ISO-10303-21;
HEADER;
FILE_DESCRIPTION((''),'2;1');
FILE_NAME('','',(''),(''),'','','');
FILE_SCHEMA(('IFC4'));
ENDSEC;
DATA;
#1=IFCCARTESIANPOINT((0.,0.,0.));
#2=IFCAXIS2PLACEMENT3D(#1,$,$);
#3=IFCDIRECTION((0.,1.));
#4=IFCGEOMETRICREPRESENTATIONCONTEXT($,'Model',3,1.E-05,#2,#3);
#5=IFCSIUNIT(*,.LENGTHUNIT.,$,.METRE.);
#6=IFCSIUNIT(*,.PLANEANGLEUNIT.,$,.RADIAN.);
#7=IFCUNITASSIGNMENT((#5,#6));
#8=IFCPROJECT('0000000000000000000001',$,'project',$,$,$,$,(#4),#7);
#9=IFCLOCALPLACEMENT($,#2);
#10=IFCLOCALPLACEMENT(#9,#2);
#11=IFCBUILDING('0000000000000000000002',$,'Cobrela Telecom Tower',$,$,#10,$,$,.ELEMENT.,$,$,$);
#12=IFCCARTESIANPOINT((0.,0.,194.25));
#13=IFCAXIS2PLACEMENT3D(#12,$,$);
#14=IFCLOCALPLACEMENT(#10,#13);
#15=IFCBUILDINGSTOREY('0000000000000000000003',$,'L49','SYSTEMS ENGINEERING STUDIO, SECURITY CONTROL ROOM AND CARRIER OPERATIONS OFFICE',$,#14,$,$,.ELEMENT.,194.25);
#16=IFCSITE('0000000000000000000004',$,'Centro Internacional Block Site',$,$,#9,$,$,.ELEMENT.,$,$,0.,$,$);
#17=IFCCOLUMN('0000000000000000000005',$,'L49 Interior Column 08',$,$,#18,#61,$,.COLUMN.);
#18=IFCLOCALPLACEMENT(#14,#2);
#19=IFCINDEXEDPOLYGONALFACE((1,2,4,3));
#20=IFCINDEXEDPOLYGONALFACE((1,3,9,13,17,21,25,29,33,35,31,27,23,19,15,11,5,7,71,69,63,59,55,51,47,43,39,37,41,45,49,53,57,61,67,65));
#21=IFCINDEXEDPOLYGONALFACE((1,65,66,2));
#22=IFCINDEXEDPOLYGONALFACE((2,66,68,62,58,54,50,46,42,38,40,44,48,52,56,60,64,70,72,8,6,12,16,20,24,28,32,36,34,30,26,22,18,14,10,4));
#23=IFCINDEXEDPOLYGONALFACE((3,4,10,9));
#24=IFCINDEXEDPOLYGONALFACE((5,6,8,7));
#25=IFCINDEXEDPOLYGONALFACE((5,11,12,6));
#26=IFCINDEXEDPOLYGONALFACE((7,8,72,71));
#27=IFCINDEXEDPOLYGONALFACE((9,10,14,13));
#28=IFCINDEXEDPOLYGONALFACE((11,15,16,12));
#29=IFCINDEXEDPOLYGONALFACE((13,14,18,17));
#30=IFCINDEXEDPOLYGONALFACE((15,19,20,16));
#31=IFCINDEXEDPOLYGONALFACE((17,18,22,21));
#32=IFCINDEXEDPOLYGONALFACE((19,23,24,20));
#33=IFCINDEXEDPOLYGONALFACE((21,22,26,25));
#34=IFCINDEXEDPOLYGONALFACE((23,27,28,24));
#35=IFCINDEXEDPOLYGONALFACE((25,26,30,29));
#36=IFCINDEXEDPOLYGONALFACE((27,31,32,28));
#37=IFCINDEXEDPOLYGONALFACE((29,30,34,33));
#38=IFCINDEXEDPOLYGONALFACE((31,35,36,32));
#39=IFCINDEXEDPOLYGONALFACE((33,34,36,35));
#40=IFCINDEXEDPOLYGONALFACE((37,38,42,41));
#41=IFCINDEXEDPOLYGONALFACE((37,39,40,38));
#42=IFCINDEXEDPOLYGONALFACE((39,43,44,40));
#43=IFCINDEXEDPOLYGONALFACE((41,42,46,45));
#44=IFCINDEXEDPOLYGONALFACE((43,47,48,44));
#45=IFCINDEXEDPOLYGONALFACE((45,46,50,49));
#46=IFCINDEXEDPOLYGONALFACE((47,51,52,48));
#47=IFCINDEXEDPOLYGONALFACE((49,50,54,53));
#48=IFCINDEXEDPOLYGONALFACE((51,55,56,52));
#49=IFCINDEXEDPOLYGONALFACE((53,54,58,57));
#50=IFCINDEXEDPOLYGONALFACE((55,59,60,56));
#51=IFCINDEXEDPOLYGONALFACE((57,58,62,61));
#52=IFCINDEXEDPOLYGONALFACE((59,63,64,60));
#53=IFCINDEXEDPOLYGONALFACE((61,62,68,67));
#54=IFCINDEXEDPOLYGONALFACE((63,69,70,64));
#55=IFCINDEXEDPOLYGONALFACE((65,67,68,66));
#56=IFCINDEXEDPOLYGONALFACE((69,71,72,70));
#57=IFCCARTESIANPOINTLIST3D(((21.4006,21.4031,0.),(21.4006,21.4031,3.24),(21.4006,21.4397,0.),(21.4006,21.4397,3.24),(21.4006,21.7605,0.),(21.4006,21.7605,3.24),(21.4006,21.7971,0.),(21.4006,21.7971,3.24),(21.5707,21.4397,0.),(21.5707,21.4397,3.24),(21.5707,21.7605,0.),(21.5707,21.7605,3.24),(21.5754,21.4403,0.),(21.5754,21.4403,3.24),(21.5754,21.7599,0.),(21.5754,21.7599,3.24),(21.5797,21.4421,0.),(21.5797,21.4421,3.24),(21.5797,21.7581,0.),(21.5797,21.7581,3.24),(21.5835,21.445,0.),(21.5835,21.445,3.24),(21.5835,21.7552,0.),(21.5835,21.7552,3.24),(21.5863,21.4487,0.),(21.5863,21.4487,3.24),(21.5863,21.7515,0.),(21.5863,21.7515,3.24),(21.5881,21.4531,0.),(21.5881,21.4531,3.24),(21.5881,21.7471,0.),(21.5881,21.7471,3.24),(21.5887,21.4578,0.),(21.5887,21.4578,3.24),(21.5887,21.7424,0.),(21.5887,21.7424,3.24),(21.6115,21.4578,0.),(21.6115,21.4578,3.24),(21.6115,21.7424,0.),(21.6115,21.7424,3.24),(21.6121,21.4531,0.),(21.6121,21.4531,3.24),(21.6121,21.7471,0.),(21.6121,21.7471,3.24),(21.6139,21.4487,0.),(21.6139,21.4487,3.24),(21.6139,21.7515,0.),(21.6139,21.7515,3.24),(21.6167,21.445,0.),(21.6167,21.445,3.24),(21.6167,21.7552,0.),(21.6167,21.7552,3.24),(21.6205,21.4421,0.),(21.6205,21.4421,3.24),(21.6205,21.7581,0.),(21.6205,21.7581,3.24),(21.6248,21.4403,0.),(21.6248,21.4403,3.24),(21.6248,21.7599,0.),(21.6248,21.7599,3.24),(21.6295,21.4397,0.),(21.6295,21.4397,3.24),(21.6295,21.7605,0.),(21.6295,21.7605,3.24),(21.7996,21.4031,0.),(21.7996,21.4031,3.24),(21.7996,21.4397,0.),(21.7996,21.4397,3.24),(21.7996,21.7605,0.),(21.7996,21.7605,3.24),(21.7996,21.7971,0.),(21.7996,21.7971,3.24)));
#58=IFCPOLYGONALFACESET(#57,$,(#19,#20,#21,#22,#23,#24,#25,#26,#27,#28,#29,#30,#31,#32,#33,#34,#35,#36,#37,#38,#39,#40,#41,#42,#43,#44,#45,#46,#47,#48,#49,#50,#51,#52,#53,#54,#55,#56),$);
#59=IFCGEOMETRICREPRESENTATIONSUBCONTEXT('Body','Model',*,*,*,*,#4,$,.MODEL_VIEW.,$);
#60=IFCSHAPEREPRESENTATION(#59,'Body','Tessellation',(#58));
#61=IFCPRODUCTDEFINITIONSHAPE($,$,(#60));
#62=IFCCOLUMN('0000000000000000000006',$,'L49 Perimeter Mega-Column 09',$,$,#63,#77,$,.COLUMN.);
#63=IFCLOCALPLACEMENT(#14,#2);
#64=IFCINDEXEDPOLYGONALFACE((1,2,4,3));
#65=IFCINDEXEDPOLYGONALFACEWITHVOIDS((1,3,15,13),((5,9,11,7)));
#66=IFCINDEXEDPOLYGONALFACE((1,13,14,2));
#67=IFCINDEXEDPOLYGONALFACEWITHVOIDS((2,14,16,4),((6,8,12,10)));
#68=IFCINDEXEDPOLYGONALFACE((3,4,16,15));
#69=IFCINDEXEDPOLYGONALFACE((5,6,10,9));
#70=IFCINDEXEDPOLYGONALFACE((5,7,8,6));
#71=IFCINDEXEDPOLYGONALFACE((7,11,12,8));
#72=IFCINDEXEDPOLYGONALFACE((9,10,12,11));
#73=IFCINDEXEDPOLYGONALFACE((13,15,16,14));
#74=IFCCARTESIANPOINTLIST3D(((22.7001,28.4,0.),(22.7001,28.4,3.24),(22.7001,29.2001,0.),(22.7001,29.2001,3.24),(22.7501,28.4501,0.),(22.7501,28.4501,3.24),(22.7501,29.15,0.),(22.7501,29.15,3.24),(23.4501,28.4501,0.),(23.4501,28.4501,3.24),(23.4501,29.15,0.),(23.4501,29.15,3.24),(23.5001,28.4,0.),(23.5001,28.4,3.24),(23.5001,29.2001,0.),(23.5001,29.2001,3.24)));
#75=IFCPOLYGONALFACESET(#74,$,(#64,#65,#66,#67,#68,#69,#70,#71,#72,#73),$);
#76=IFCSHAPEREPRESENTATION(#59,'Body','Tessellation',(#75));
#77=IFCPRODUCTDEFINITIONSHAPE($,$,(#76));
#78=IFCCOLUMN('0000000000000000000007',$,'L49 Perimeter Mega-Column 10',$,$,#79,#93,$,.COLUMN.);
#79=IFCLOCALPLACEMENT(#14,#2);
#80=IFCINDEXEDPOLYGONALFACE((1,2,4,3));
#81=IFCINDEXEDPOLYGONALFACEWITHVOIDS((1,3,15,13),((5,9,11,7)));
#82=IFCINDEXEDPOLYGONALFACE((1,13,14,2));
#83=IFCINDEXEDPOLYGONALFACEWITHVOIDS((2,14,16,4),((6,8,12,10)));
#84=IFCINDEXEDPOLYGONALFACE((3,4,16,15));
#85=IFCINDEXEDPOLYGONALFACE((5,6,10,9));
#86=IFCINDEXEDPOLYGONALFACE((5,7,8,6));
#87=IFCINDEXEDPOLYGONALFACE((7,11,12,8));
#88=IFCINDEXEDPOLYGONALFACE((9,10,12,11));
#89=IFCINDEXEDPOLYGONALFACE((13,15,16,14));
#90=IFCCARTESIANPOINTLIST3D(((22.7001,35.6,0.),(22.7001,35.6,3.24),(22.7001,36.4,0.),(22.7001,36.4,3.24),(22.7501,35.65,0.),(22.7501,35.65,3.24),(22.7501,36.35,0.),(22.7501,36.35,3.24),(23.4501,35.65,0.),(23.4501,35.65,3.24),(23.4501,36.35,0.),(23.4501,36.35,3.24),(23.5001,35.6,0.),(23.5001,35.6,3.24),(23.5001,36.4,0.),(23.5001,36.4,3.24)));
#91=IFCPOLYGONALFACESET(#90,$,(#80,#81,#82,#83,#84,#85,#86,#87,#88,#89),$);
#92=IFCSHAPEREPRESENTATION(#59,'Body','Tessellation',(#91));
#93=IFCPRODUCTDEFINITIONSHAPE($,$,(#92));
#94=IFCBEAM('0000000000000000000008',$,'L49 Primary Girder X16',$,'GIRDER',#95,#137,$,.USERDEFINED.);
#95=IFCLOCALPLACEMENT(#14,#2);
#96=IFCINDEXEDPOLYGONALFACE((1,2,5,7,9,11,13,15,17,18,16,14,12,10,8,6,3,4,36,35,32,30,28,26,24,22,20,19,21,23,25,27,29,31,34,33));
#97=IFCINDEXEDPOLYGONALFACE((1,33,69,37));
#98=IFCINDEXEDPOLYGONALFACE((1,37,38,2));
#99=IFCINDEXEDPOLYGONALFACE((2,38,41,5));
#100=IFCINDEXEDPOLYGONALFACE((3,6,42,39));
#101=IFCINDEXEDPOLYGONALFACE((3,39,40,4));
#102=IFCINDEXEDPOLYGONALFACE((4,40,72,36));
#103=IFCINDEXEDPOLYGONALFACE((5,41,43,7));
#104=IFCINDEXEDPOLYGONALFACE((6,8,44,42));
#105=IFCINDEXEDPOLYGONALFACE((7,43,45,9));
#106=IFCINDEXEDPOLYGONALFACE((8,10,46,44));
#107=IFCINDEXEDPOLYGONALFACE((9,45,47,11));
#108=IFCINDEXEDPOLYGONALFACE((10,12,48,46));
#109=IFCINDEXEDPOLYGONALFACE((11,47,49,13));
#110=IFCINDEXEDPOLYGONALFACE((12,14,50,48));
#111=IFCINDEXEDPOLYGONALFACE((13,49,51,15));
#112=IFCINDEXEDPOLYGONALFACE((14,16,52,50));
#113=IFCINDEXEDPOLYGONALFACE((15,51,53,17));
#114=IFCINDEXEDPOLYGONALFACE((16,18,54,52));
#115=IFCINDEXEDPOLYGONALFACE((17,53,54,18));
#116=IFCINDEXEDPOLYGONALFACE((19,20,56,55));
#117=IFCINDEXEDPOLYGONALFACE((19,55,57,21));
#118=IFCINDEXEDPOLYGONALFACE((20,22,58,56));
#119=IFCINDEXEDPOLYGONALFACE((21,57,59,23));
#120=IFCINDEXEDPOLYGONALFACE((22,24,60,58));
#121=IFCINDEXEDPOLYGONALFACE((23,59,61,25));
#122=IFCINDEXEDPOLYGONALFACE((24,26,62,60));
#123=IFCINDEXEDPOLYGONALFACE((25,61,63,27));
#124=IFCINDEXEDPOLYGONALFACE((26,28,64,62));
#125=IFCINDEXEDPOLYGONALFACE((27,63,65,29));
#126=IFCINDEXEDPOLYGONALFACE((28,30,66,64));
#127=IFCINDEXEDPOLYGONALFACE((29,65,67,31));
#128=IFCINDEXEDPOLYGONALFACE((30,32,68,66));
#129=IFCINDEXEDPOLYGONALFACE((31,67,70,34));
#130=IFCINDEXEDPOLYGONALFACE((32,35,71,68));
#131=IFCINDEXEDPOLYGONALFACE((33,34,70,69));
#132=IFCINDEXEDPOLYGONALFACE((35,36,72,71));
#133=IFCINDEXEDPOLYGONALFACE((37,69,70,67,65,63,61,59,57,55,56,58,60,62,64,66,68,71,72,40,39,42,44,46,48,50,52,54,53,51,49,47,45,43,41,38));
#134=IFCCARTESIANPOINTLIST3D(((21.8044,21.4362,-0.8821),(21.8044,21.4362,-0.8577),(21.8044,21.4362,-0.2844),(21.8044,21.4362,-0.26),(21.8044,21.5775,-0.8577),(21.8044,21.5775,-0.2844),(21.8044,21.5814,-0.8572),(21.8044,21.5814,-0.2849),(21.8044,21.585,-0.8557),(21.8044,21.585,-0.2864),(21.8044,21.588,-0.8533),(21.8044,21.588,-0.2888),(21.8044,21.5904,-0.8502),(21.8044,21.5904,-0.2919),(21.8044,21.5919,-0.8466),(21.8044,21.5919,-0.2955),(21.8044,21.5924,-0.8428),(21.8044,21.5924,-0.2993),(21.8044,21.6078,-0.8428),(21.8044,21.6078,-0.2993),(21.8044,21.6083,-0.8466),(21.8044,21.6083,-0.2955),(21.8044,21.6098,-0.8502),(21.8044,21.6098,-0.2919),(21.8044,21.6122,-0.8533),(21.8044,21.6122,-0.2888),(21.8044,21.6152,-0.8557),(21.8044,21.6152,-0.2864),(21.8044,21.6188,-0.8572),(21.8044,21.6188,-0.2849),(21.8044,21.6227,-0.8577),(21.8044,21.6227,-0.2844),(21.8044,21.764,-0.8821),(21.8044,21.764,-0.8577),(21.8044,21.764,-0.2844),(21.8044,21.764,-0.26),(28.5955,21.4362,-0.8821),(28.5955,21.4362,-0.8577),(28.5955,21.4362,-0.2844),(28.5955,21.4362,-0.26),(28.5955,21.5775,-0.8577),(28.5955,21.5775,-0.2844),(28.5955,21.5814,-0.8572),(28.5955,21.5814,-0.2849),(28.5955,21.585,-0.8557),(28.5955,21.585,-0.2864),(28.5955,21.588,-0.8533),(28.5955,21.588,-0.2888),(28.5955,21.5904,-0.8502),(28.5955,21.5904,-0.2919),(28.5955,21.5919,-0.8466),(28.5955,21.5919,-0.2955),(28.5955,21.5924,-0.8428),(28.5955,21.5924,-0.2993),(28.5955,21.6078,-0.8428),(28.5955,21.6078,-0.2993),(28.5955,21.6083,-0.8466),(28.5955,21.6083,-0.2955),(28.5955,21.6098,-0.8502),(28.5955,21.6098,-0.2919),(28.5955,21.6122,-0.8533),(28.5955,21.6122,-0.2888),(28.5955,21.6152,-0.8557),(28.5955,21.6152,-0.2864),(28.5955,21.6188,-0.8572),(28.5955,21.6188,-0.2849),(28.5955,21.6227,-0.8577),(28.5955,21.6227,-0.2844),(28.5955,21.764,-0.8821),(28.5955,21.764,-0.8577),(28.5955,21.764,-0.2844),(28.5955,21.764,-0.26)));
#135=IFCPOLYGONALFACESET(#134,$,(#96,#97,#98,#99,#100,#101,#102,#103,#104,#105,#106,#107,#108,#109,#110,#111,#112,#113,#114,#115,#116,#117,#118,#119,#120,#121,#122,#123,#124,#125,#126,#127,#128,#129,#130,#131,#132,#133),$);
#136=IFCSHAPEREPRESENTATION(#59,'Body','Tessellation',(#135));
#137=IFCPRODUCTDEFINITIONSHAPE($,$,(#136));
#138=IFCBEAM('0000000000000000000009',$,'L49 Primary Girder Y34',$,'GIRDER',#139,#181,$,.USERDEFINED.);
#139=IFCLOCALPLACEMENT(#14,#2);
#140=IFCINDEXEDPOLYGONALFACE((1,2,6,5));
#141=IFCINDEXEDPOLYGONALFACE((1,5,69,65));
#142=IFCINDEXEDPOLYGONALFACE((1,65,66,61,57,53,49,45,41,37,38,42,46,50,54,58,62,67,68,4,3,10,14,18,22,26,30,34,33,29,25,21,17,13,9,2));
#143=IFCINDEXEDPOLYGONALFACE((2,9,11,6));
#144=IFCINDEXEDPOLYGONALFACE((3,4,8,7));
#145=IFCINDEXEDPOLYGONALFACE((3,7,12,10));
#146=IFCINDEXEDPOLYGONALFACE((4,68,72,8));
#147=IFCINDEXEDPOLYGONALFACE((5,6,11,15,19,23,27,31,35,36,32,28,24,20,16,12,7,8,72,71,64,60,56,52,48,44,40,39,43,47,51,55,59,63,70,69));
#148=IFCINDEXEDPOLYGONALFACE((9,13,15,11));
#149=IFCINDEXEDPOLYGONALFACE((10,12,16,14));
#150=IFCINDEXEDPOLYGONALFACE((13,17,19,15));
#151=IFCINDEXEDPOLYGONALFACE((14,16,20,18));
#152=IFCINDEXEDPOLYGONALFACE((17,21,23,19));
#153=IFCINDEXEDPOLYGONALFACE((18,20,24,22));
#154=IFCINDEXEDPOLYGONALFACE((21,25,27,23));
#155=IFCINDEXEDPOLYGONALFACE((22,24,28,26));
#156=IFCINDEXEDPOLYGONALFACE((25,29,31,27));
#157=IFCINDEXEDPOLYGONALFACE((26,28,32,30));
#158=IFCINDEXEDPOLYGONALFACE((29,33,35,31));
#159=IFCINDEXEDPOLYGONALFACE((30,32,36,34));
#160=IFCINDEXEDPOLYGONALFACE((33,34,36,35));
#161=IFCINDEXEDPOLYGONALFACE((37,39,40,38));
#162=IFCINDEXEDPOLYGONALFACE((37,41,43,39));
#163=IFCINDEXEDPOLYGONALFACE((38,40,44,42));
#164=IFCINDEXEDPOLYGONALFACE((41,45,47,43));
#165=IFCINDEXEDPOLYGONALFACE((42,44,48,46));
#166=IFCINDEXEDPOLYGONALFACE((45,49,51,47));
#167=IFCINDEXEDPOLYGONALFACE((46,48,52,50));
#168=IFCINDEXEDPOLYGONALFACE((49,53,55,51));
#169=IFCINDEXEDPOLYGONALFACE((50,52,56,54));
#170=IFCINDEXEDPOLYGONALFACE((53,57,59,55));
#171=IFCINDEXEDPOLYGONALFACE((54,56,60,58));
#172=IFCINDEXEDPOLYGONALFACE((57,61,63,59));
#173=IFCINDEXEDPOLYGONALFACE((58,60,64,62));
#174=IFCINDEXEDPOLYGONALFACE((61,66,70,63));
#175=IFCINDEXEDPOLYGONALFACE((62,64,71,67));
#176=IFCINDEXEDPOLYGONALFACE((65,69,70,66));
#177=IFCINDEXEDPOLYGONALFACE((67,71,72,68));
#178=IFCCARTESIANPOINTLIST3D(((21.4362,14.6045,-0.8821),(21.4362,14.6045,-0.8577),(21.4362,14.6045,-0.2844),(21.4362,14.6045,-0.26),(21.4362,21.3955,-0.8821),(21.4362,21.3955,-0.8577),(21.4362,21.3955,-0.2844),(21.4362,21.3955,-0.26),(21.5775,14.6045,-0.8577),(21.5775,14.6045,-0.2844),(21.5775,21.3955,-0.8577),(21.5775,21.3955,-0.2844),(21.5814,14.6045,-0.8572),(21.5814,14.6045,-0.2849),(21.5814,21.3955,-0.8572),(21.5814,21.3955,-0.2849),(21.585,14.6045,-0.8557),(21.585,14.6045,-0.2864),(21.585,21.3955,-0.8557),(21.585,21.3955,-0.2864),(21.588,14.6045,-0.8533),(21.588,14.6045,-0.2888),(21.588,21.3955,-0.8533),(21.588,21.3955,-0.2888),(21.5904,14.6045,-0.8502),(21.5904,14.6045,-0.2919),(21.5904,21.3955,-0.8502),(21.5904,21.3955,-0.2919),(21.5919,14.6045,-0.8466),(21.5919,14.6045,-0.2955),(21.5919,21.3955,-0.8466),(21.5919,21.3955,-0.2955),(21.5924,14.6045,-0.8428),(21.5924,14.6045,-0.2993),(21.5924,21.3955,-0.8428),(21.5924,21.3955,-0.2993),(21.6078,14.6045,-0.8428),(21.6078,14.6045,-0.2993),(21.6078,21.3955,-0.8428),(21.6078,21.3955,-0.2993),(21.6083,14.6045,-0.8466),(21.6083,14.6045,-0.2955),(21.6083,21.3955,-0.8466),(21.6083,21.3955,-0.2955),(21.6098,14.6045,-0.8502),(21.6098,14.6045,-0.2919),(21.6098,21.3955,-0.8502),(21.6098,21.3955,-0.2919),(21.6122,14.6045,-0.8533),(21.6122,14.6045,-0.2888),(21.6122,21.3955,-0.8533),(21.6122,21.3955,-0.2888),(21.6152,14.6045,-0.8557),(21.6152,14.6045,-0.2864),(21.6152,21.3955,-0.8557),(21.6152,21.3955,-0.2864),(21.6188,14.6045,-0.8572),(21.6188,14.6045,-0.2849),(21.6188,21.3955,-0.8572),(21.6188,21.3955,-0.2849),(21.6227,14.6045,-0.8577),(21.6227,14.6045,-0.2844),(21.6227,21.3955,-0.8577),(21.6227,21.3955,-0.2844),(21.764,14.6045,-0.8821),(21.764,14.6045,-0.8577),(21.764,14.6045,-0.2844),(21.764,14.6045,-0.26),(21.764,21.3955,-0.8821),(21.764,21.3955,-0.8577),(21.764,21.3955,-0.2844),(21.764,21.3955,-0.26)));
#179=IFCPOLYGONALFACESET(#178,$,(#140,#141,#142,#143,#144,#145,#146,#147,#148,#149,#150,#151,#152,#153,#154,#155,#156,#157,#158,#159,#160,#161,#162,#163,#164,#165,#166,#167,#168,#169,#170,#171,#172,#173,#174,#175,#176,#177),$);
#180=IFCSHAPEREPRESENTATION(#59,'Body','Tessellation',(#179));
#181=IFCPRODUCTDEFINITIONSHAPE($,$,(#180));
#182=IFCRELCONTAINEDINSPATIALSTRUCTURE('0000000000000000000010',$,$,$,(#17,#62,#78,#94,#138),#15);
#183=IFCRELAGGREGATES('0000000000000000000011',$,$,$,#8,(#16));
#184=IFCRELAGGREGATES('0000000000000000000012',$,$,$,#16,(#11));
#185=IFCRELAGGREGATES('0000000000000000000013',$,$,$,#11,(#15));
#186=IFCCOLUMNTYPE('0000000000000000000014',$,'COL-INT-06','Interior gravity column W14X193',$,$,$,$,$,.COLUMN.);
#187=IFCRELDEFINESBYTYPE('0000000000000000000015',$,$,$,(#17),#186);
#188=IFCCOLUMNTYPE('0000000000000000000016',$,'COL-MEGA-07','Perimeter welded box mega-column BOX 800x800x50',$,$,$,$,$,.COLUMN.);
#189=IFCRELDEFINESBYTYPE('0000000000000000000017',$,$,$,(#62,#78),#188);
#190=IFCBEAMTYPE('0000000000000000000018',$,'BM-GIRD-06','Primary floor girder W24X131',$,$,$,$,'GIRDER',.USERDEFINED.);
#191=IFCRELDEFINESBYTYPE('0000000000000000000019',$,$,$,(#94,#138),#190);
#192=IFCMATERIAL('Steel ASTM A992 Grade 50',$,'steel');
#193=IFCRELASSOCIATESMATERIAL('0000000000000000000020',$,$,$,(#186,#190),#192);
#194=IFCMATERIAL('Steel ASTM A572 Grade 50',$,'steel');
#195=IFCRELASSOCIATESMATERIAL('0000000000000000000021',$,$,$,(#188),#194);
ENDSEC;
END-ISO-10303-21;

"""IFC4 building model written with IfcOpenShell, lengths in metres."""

from ifc_helpers import new_model, si_unit, direction, frame, origin, origin_2d, place, context, subcontext, project, spatial, hollow_rectangle, i_section, extrude, material, material_profile, profile_set, type_object, element, save


model = new_model("IFC4")

# Units and contexts
model_context = context("Model", 3, precision=1e-05, world=origin(), true_north=direction((0.0, 1.0)))
body_context = subcontext(model_context, "Body", "Model", "MODEL_VIEW")
ifc_project = project(units=[si_unit("LENGTHUNIT", "METRE"), si_unit("PLANEANGLEUNIT", "RADIAN")], contexts=[model_context])

# Site, building, storey
site_placement = place(None, origin())
site = spatial("IfcSite", under=ifc_project, at=site_placement, Name="Centro Internacional Block Site", CompositionType="ELEMENT", RefElevation=0.0)
building_placement = place(site_placement, origin())
building = spatial("IfcBuilding", under=site, at=building_placement, Name="Cobrela Telecom Tower", CompositionType="ELEMENT")
storey_placement = place(building_placement, frame((0.0, 0.0, 194.25)))
storey = spatial("IfcBuildingStorey", under=building, at=storey_placement, Name="L49", Description="SYSTEMS ENGINEERING STUDIO, SECURITY CONTROL ROOM AND CARRIER OPERATIONS OFFICE", CompositionType="ELEMENT", Elevation=194.25)

# Columns
ifc_material_1 = material(Name="Steel ASTM A992 Grade 50", Category="steel")
ifc_material_profile_1 = material_profile(ifc_material_1, i_section(OverallWidth=0.3989, OverallDepth=0.394, WebThickness=0.0227, FlangeThickness=0.0366, FilletRadius=0.0181, at=origin_2d()), Name="W14X193")
ifc_profile_set_1 = profile_set([ifc_material_profile_1], Name="Steel ASTM A992 Grade 50")
column_type_1 = type_object("IfcColumnType", Name="COL-INT-06", Description="Interior gravity column W14X193", PredefinedType="COLUMN", material=ifc_profile_set_1)
column_placement = place(storey_placement, frame((21.6001, 21.6001, 0.0), z_axis=(0.0, 0.0, 1.0), x_axis=(1.0, 0.0, 0.0)))
element("IfcColumn", 1, at=column_placement, inside=storey, type_object=column_type_1, Name="L49 Interior Column 08", PredefinedType="COLUMN", context=body_context, shape_type="SweptSolid", body=[
    extrude(i_section(OverallWidth=0.3989, OverallDepth=0.394, WebThickness=0.0227, FlangeThickness=0.0366, FilletRadius=0.0181, at=origin_2d()), origin(), (0.0, 0.0, 1.0), 3.24),
])
ifc_material_2 = material(Name="Steel ASTM A572 Grade 50", Category="steel")
ifc_material_profile_2 = material_profile(ifc_material_2, hollow_rectangle(XDim=0.8, YDim=0.8, WallThickness=0.05, at=origin_2d()), Name="BOX 800x800x50")
ifc_profile_set_2 = profile_set([ifc_material_profile_2], Name="Steel ASTM A572 Grade 50")
column_type_2 = type_object("IfcColumnType", Name="COL-MEGA-07", Description="Perimeter welded box mega-column BOX 800x800x50", PredefinedType="COLUMN", material=ifc_profile_set_2)
for number, where, z_axis, x_axis, name in (
    (2, (23.1001, 28.8, 0.0), (0.0, 0.0, 1.0), (1.0, 0.0, 0.0), "L49 Perimeter Mega-Column 09"),
    (3, (23.1001, 36.0, 0.0), (0.0, 0.0, 1.0), (1.0, 0.0, 0.0), "L49 Perimeter Mega-Column 10"),
):
    element("IfcColumn", number, at=place(storey_placement, frame(where, z_axis=z_axis, x_axis=x_axis)), inside=storey, type_object=column_type_2, Name=name, PredefinedType="COLUMN", context=body_context, shape_type="SweptSolid", body=[
        extrude(hollow_rectangle(XDim=0.8, YDim=0.8, WallThickness=0.05, at=origin_2d()), origin(), (0.0, 0.0, 1.0), 3.24),
    ])

# Beams
ifc_material_profile_3 = material_profile(ifc_material_1, i_section(OverallWidth=0.3279, OverallDepth=0.6221, WebThickness=0.0154, FlangeThickness=0.0244, FilletRadius=0.0149, at=origin_2d()), Name="W24X131")
ifc_profile_set_3 = profile_set([ifc_material_profile_3], Name="Steel ASTM A992 Grade 50")
beam_type_1 = type_object("IfcBeamType", Name="BM-GIRD-06", Description="Primary floor girder W24X131", ElementType="GIRDER", PredefinedType="USERDEFINED", material=ifc_profile_set_3)
for number, where, z_axis, x_axis, name in (
    (4, (21.8044, 21.6001, -0.571), (1.0, 0.0, 0.0), (0.0, 1.0, 0.0), "L49 Primary Girder X16"),
    (5, (21.6001, 14.6045, -0.571), (0.0, 1.0, 0.0), (-1.0, 0.0, 0.0), "L49 Primary Girder Y34"),
):
    element("IfcBeam", number, at=place(storey_placement, frame(where, z_axis=z_axis, x_axis=x_axis)), inside=storey, type_object=beam_type_1, Name=name, ObjectType="GIRDER", PredefinedType="USERDEFINED", context=body_context, shape_type="SweptSolid", body=[
        extrude(i_section(OverallWidth=0.3279, OverallDepth=0.6221, WebThickness=0.0154, FlangeThickness=0.0244, FilletRadius=0.0149, at=origin_2d()), origin(), (0.0, 0.0, 1.0), 6.791),
    ])

save(model, "model.ifc")
